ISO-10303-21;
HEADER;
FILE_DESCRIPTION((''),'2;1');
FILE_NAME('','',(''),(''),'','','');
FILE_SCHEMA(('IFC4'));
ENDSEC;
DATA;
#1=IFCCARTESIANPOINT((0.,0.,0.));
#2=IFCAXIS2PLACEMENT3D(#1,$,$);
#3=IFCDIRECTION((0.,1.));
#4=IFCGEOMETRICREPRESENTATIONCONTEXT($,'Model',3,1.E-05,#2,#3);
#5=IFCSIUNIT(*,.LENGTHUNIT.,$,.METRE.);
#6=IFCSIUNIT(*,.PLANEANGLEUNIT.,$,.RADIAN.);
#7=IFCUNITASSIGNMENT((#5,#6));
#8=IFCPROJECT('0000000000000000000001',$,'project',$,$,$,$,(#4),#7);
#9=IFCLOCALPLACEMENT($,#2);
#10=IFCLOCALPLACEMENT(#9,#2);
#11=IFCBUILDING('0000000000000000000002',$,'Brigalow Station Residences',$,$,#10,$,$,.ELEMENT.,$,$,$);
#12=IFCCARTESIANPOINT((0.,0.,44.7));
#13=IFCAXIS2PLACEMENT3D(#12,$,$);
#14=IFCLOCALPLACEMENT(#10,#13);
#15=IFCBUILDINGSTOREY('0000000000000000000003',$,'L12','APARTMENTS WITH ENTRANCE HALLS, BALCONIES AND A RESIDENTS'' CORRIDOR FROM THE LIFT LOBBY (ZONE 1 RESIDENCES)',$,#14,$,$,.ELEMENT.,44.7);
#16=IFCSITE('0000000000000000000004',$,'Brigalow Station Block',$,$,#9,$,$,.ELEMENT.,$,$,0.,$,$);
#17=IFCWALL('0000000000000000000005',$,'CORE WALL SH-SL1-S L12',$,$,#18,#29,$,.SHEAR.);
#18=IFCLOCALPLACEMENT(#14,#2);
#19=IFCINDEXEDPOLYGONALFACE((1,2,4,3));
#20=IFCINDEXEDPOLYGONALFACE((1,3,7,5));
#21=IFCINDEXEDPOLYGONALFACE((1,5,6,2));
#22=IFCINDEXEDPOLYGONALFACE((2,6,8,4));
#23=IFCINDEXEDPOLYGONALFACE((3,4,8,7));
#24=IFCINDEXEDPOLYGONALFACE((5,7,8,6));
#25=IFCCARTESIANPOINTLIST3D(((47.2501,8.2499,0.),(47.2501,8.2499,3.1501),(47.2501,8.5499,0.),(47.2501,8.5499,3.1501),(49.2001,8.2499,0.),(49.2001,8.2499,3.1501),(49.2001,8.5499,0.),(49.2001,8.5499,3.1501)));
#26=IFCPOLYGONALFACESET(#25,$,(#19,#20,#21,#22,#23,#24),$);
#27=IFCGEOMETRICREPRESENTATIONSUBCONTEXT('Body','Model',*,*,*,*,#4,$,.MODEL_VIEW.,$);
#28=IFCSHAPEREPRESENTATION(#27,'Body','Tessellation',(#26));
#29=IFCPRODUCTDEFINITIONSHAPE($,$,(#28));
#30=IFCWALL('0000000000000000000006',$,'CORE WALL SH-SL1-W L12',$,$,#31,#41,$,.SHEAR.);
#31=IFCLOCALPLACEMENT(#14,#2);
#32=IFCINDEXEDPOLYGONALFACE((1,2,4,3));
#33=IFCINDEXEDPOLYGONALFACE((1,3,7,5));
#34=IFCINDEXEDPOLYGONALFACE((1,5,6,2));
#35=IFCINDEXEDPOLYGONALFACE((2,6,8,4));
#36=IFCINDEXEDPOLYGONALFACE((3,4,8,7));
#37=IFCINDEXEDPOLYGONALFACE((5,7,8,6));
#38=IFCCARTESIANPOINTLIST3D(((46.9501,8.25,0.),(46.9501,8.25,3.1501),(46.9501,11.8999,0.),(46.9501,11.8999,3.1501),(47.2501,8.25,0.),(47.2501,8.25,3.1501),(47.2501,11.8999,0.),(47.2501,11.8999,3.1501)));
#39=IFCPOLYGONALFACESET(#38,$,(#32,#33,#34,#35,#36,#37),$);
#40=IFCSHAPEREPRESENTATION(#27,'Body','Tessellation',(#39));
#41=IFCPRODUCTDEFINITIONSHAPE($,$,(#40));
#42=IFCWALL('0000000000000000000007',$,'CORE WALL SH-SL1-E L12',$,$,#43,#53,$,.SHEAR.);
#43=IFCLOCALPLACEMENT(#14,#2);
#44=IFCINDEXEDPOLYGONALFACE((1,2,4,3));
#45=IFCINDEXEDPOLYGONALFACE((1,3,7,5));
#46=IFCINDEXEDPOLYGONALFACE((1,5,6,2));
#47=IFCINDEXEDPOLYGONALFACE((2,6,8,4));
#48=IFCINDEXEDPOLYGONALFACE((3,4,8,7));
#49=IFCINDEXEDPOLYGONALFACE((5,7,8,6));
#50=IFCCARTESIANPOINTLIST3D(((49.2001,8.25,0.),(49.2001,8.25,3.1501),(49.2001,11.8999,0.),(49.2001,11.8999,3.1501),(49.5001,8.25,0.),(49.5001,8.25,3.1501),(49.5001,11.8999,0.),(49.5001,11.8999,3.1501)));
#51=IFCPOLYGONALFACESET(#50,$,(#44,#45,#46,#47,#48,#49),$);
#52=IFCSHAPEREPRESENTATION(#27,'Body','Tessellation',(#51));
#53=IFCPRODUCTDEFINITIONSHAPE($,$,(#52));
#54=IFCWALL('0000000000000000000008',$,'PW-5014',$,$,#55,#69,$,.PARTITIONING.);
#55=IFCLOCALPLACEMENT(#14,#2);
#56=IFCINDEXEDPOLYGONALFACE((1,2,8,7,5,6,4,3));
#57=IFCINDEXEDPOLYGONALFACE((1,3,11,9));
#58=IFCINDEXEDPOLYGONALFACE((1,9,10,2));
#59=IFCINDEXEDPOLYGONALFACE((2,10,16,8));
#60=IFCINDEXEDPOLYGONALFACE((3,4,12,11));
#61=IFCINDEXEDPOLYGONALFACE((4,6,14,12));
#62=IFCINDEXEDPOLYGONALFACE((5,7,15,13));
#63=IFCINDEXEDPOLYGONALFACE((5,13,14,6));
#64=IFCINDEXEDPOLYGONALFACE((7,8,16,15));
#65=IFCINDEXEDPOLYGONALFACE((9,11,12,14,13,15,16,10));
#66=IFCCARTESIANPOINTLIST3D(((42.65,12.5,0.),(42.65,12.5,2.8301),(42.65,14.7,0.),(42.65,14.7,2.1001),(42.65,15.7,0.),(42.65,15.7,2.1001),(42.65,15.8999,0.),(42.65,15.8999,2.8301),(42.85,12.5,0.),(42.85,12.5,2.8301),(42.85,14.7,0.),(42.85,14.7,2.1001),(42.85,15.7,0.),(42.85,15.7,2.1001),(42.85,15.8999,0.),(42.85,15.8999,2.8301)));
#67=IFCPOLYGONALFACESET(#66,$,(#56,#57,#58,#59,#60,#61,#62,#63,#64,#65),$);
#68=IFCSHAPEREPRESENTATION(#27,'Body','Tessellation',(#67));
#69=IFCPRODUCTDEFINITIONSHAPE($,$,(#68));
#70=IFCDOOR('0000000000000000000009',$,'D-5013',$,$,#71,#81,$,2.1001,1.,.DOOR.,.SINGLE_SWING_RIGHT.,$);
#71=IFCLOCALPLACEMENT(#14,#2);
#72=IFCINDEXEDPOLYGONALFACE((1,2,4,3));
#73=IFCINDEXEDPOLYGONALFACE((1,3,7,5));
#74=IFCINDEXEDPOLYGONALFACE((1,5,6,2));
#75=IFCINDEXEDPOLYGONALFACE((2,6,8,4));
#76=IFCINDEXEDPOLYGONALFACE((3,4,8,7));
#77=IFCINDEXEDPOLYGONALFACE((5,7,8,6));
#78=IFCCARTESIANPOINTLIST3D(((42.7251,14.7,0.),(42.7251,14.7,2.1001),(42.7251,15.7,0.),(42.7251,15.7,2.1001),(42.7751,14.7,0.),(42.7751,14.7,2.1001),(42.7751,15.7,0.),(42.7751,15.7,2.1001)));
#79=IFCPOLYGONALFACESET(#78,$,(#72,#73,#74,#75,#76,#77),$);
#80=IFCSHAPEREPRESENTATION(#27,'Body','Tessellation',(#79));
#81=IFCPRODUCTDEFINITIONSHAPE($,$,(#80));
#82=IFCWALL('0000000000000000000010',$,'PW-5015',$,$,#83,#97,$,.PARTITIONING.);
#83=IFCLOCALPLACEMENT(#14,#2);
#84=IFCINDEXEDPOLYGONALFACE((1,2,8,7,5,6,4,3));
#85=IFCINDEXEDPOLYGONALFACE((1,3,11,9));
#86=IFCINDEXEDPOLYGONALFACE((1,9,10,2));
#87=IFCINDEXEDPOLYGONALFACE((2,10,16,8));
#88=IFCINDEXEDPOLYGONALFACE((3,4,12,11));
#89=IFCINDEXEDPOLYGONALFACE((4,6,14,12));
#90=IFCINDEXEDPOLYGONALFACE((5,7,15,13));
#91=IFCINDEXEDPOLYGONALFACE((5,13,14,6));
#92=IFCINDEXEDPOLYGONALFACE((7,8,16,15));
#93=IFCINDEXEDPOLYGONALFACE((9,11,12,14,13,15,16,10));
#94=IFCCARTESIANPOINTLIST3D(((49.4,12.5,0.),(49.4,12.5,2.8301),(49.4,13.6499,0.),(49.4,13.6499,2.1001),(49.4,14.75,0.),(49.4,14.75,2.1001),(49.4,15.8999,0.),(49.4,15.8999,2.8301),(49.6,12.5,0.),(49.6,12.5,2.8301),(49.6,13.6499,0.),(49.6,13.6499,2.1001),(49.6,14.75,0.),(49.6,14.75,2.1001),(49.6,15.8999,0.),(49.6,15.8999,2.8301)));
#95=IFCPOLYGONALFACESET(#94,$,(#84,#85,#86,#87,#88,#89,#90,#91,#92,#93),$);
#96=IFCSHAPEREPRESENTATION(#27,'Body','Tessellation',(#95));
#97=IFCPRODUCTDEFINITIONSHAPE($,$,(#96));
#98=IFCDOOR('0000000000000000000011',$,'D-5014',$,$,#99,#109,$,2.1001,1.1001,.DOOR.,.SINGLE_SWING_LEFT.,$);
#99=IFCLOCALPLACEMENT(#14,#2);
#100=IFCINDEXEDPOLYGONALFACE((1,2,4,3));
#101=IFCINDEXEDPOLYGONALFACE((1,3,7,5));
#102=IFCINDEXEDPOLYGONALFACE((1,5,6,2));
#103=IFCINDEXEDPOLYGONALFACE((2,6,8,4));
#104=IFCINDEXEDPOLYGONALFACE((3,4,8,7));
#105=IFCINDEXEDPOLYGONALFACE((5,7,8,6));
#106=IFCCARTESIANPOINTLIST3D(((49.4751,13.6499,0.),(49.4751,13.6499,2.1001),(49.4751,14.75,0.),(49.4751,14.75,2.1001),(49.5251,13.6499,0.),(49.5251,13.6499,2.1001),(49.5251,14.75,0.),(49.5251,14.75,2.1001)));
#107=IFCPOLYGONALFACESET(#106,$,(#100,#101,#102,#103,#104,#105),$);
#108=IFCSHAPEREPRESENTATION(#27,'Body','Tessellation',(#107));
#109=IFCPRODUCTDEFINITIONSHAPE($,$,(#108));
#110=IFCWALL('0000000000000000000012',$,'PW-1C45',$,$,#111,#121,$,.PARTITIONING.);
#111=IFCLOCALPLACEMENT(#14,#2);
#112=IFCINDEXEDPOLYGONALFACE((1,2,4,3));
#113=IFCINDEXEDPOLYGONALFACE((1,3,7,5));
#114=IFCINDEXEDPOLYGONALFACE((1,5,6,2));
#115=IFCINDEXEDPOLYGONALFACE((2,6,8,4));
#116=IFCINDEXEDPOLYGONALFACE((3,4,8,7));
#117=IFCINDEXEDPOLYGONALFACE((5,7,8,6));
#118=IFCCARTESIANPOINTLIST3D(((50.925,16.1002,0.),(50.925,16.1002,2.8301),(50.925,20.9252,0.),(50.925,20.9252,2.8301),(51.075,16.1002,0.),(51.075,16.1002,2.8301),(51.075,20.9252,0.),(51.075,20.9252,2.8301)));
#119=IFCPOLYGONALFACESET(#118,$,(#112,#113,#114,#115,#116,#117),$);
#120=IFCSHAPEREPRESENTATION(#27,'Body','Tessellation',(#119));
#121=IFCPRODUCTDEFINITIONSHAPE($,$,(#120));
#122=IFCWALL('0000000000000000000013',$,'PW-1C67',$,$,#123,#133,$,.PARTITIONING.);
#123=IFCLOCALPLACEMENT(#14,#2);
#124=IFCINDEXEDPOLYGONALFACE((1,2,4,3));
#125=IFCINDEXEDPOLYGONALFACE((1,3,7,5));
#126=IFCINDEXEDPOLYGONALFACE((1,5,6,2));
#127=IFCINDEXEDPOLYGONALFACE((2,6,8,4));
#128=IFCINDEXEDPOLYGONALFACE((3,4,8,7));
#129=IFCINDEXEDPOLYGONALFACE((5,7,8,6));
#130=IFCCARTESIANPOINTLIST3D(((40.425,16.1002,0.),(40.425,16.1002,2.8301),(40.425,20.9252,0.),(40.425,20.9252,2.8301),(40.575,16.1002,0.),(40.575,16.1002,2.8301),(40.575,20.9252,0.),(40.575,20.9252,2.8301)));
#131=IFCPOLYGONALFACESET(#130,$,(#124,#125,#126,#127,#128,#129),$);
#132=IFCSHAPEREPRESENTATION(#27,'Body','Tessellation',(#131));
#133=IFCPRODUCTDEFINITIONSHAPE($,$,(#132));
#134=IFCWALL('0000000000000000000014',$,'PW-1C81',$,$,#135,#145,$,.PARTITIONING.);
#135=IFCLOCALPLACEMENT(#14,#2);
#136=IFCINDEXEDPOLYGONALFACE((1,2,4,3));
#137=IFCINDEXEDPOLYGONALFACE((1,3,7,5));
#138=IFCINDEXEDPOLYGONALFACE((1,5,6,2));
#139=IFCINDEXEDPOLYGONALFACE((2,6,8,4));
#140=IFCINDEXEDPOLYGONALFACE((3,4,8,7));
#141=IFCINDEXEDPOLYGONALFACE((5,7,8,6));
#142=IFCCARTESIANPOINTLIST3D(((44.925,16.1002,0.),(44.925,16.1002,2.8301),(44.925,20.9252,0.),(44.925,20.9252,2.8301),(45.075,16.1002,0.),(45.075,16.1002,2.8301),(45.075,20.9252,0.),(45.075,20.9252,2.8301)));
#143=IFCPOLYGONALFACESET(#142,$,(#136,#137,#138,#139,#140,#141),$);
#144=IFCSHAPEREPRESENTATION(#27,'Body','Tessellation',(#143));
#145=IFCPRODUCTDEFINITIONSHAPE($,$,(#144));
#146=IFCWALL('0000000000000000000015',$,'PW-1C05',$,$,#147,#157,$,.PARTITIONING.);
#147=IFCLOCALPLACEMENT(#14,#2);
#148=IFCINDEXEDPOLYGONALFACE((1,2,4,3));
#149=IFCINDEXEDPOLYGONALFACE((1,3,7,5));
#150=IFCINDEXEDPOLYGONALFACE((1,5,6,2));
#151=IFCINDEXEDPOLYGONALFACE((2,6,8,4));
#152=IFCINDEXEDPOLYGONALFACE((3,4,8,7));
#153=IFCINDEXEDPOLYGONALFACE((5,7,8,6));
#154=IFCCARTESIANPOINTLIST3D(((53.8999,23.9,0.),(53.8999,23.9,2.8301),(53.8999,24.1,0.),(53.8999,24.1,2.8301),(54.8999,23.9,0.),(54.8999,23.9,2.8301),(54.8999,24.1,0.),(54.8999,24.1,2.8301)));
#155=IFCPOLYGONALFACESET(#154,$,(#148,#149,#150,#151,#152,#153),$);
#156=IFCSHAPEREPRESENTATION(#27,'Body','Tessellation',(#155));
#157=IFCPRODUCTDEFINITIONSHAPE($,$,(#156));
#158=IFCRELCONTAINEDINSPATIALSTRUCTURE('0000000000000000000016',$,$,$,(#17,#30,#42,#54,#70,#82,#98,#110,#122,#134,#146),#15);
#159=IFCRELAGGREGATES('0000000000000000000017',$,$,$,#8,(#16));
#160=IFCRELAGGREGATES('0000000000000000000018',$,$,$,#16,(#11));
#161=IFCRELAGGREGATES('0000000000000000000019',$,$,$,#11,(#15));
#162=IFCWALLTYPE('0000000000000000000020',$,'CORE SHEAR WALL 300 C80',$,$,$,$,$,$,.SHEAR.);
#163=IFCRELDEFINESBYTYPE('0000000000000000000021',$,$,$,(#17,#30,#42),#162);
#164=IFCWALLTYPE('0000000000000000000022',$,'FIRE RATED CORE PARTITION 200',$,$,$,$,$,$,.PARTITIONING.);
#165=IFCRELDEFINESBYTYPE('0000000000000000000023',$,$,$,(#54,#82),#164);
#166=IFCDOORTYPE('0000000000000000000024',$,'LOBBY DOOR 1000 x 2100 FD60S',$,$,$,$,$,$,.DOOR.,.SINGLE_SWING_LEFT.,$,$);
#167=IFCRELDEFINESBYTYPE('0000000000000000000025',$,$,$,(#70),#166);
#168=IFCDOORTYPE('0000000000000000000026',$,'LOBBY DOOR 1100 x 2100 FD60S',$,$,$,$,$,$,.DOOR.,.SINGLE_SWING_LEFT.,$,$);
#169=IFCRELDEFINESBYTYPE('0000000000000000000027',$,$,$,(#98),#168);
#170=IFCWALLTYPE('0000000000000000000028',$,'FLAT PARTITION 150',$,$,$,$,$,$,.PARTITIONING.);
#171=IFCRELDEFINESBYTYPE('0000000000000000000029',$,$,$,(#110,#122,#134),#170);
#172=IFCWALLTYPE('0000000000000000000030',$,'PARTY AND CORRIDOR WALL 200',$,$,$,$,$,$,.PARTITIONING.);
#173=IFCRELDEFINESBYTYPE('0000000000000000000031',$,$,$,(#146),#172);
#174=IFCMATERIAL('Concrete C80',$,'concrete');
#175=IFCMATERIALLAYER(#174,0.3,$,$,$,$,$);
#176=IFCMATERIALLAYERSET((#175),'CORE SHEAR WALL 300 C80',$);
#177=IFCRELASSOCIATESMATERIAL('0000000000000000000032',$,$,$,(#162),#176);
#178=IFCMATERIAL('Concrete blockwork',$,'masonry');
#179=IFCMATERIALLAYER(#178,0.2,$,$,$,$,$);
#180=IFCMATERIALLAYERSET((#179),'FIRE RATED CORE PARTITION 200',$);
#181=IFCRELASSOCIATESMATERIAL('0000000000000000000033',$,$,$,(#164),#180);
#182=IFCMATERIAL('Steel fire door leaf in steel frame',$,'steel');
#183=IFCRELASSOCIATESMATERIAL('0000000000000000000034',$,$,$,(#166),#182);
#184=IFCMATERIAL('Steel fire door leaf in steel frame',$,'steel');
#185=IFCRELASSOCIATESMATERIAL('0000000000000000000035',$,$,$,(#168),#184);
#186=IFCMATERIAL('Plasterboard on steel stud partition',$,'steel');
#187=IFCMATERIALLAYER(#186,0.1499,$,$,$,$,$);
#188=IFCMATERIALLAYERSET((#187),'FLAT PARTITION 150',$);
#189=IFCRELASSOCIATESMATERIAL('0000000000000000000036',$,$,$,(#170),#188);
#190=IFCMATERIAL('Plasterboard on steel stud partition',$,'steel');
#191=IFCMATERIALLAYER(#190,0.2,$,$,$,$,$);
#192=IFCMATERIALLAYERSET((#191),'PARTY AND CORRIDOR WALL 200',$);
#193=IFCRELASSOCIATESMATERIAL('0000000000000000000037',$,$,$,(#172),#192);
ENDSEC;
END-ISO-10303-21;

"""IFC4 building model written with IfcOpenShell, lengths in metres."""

from ifc_helpers import new_model, si_unit, direction, frame, frame_2d, origin, place, context, subcontext, project, spatial, rectangle, extrude, material, layer, layer_set, type_object, element, fill, save


model = new_model("IFC4")

# Units and contexts
model_context = context("Model", 3, precision=1e-05, world=origin(), true_north=direction((0.0, 1.0)))
body_context = subcontext(model_context, "Body", "Model", "MODEL_VIEW")
ifc_project = project(units=[si_unit("LENGTHUNIT", "METRE"), si_unit("PLANEANGLEUNIT", "RADIAN")], contexts=[model_context])

# Site, building, storey
site_placement = place(None, origin())
site = spatial("IfcSite", under=ifc_project, at=site_placement, Name="Brigalow Station Block", CompositionType="ELEMENT", RefElevation=0.0)
building_placement = place(site_placement, origin())
building = spatial("IfcBuilding", under=site, at=building_placement, Name="Brigalow Station Residences", CompositionType="ELEMENT")
storey_placement = place(building_placement, frame((0.0, 0.0, 44.7)))
storey = spatial("IfcBuildingStorey", under=building, at=storey_placement, Name="L12", Description="APARTMENTS WITH ENTRANCE HALLS, BALCONIES AND A RESIDENTS' CORRIDOR FROM THE LIFT LOBBY (ZONE 1 RESIDENCES)", CompositionType="ELEMENT", Elevation=44.7)

# Walls
ifc_material_1 = material(Name="Concrete C80", Category="concrete")
ifc_layer_1 = layer(ifc_material_1, 0.3)
ifc_layer_set_1 = layer_set([ifc_layer_1], Name="CORE SHEAR WALL 300 C80")
wall_type_1 = type_object("IfcWallType", Name="CORE SHEAR WALL 300 C80", PredefinedType="SHEAR", material=ifc_layer_set_1)
wall_1_placement = place(storey_placement, frame((47.25, 8.3999, 0.0), z_axis=(0.0, 0.0, 1.0), x_axis=(1.0, 0.0, 0.0)))
element("IfcWall", 1, at=wall_1_placement, inside=storey, type_object=wall_type_1, Name="CORE WALL SH-SL1-S L12", PredefinedType="SHEAR", context=body_context, shape_type="SweptSolid", body=[
    extrude(rectangle(XDim=1.95, YDim=0.3, at=frame_2d((0.9751, 0.0))), origin(), (0.0, 0.0, 1.0), 3.1501),
])
for number, where, z_axis, x_axis, name in (
    (2, (47.1001, 8.25, 0.0), (0.0, 0.0, 1.0), (0.0, 1.0, 0.0), "CORE WALL SH-SL1-W L12"),
    (3, (49.3501, 8.25, 0.0), (0.0, 0.0, 1.0), (0.0, 1.0, 0.0), "CORE WALL SH-SL1-E L12"),
):
    element("IfcWall", number, at=place(storey_placement, frame(where, z_axis=z_axis, x_axis=x_axis)), inside=storey, type_object=wall_type_1, Name=name, PredefinedType="SHEAR", context=body_context, shape_type="SweptSolid", body=[
        extrude(rectangle(XDim=3.6499, YDim=0.3, at=frame_2d((1.825, 0.0))), origin(), (0.0, 0.0, 1.0), 3.1501),
    ])

# Walls, openings, doors
ifc_material_2 = material(Name="Concrete blockwork", Category="masonry")
ifc_layer_2 = layer(ifc_material_2, 0.2)
ifc_layer_set_2 = layer_set([ifc_layer_2], Name="FIRE RATED CORE PARTITION 200")
wall_type_2 = type_object("IfcWallType", Name="FIRE RATED CORE PARTITION 200", PredefinedType="PARTITIONING", material=ifc_layer_set_2)
wall_2_placement = place(storey_placement, frame((42.75, 12.5, 0.0), z_axis=(0.0, 0.0, 1.0), x_axis=(0.0, 1.0, 0.0)))
wall_2 = element("IfcWall", 4, at=wall_2_placement, inside=storey, type_object=wall_type_2, Name="PW-5014", PredefinedType="PARTITIONING", context=body_context, shape_type="SweptSolid", body=[
    extrude(rectangle(XDim=3.3999, YDim=0.2, at=frame_2d((1.7, 0.0))), origin(), (0.0, 0.0, 1.0), 2.8301),
])
opening_1_placement = place(wall_2_placement, frame((2.2, 0.0, 0.0)))
opening_1 = element("IfcOpeningElement", 5, at=opening_1_placement, cuts=wall_2, PredefinedType="OPENING", context=body_context, shape_type="SweptSolid", body=[
    extrude(rectangle(XDim=1.0, YDim=2.1001, at=frame_2d((0.5, 1.05))), frame((0.0, 0.1099, 0.0), z_axis=(0.0, -1.0, 0.0), x_axis=(1.0, 0.0, 0.0)), (0.0, 0.0, 1.0), 0.22),
])
ifc_material_3 = material(Name="Steel fire door leaf in steel frame", Category="steel")
door_type_1 = type_object("IfcDoorType", Name="LOBBY DOOR 1000 x 2100 FD60S", OperationType="SINGLE_SWING_LEFT", PredefinedType="DOOR", material=ifc_material_3)
door_1_placement = place(opening_1_placement, origin())
door_1 = element("IfcDoor", 6, at=door_1_placement, inside=storey, type_object=door_type_1, Name="D-5013", OperationType="SINGLE_SWING_RIGHT", OverallHeight=2.1001, OverallWidth=1.0, PredefinedType="DOOR", context=body_context, shape_type="SweptSolid", body=[
    extrude(rectangle(XDim=1.0, YDim=2.1001, at=frame_2d((0.5, 1.05))), frame((0.0, 0.0249, 0.0), z_axis=(0.0, -1.0, 0.0), x_axis=(1.0, 0.0, 0.0)), (0.0, 0.0, 1.0), 0.05),
])
fill(opening_1, door_1)
wall_3_placement = place(storey_placement, frame((49.5, 12.5, 0.0), z_axis=(0.0, 0.0, 1.0), x_axis=(0.0, 1.0, 0.0)))
wall_3 = element("IfcWall", 7, at=wall_3_placement, inside=storey, type_object=wall_type_2, Name="PW-5015", PredefinedType="PARTITIONING", context=body_context, shape_type="SweptSolid", body=[
    extrude(rectangle(XDim=3.3999, YDim=0.2, at=frame_2d((1.7, 0.0))), origin(), (0.0, 0.0, 1.0), 2.8301),
])
opening_2_placement = place(wall_3_placement, frame((1.1499, 0.0, 0.0)))
opening_2 = element("IfcOpeningElement", 8, at=opening_2_placement, cuts=wall_3, PredefinedType="OPENING", context=body_context, shape_type="SweptSolid", body=[
    extrude(rectangle(XDim=1.1001, YDim=2.1001, at=frame_2d((0.55, 1.05))), frame((0.0, 0.1099, 0.0), z_axis=(0.0, -1.0, 0.0), x_axis=(1.0, 0.0, 0.0)), (0.0, 0.0, 1.0), 0.22),
])
ifc_material_4 = material(Name="Steel fire door leaf in steel frame", Category="steel")
door_type_2 = type_object("IfcDoorType", Name="LOBBY DOOR 1100 x 2100 FD60S", OperationType="SINGLE_SWING_LEFT", PredefinedType="DOOR", material=ifc_material_4)
door_2_placement = place(opening_2_placement, origin())
door_2 = element("IfcDoor", 9, at=door_2_placement, inside=storey, type_object=door_type_2, Name="D-5014", OperationType="SINGLE_SWING_LEFT", OverallHeight=2.1001, OverallWidth=1.1001, PredefinedType="DOOR", context=body_context, shape_type="SweptSolid", body=[
    extrude(rectangle(XDim=1.1001, YDim=2.1001, at=frame_2d((0.55, 1.05))), frame((0.0, 0.0249, 0.0), z_axis=(0.0, -1.0, 0.0), x_axis=(1.0, 0.0, 0.0)), (0.0, 0.0, 1.0), 0.05),
])
fill(opening_2, door_2)

# Walls
ifc_material_5 = material(Name="Plasterboard on steel stud partition", Category="steel")
ifc_layer_3 = layer(ifc_material_5, 0.1499)
ifc_layer_set_3 = layer_set([ifc_layer_3], Name="FLAT PARTITION 150")
wall_type_3 = type_object("IfcWallType", Name="FLAT PARTITION 150", PredefinedType="PARTITIONING", material=ifc_layer_set_3)
for number, where, z_axis, x_axis, name in (
    (10, (51.0, 16.1001, 0.0), (0.0, 0.0, 1.0), (0.0, 1.0, 0.0), "PW-1C45"),
    (11, (40.5, 16.1001, 0.0), (0.0, 0.0, 1.0), (0.0, 1.0, 0.0), "PW-1C67"),
    (12, (45.0, 16.1001, 0.0), (0.0, 0.0, 1.0), (0.0, 1.0, 0.0), "PW-1C81"),
):
    element("IfcWall", number, at=place(storey_placement, frame(where, z_axis=z_axis, x_axis=x_axis)), inside=storey, type_object=wall_type_3, Name=name, PredefinedType="PARTITIONING", context=body_context, shape_type="SweptSolid", body=[
        extrude(rectangle(XDim=4.825, YDim=0.1499, at=frame_2d((2.4126, 0.0))), origin(), (0.0, 0.0, 1.0), 2.8301),
    ])
ifc_material_6 = material(Name="Plasterboard on steel stud partition", Category="steel")
ifc_layer_4 = layer(ifc_material_6, 0.2)
ifc_layer_set_4 = layer_set([ifc_layer_4], Name="PARTY AND CORRIDOR WALL 200")
wall_type_4 = type_object("IfcWallType", Name="PARTY AND CORRIDOR WALL 200", PredefinedType="PARTITIONING", material=ifc_layer_set_4)
wall_4_placement = place(storey_placement, frame((53.8999, 24.0, 0.0), z_axis=(0.0, 0.0, 1.0), x_axis=(1.0, 0.0, 0.0)))
element("IfcWall", 13, at=wall_4_placement, inside=storey, type_object=wall_type_4, Name="PW-1C05", PredefinedType="PARTITIONING", context=body_context, shape_type="SweptSolid", body=[
    extrude(rectangle(XDim=1.0, YDim=0.2, at=frame_2d((0.5, 0.0))), origin(), (0.0, 0.0, 1.0), 2.8301),
])

save(model, "model.ifc")
